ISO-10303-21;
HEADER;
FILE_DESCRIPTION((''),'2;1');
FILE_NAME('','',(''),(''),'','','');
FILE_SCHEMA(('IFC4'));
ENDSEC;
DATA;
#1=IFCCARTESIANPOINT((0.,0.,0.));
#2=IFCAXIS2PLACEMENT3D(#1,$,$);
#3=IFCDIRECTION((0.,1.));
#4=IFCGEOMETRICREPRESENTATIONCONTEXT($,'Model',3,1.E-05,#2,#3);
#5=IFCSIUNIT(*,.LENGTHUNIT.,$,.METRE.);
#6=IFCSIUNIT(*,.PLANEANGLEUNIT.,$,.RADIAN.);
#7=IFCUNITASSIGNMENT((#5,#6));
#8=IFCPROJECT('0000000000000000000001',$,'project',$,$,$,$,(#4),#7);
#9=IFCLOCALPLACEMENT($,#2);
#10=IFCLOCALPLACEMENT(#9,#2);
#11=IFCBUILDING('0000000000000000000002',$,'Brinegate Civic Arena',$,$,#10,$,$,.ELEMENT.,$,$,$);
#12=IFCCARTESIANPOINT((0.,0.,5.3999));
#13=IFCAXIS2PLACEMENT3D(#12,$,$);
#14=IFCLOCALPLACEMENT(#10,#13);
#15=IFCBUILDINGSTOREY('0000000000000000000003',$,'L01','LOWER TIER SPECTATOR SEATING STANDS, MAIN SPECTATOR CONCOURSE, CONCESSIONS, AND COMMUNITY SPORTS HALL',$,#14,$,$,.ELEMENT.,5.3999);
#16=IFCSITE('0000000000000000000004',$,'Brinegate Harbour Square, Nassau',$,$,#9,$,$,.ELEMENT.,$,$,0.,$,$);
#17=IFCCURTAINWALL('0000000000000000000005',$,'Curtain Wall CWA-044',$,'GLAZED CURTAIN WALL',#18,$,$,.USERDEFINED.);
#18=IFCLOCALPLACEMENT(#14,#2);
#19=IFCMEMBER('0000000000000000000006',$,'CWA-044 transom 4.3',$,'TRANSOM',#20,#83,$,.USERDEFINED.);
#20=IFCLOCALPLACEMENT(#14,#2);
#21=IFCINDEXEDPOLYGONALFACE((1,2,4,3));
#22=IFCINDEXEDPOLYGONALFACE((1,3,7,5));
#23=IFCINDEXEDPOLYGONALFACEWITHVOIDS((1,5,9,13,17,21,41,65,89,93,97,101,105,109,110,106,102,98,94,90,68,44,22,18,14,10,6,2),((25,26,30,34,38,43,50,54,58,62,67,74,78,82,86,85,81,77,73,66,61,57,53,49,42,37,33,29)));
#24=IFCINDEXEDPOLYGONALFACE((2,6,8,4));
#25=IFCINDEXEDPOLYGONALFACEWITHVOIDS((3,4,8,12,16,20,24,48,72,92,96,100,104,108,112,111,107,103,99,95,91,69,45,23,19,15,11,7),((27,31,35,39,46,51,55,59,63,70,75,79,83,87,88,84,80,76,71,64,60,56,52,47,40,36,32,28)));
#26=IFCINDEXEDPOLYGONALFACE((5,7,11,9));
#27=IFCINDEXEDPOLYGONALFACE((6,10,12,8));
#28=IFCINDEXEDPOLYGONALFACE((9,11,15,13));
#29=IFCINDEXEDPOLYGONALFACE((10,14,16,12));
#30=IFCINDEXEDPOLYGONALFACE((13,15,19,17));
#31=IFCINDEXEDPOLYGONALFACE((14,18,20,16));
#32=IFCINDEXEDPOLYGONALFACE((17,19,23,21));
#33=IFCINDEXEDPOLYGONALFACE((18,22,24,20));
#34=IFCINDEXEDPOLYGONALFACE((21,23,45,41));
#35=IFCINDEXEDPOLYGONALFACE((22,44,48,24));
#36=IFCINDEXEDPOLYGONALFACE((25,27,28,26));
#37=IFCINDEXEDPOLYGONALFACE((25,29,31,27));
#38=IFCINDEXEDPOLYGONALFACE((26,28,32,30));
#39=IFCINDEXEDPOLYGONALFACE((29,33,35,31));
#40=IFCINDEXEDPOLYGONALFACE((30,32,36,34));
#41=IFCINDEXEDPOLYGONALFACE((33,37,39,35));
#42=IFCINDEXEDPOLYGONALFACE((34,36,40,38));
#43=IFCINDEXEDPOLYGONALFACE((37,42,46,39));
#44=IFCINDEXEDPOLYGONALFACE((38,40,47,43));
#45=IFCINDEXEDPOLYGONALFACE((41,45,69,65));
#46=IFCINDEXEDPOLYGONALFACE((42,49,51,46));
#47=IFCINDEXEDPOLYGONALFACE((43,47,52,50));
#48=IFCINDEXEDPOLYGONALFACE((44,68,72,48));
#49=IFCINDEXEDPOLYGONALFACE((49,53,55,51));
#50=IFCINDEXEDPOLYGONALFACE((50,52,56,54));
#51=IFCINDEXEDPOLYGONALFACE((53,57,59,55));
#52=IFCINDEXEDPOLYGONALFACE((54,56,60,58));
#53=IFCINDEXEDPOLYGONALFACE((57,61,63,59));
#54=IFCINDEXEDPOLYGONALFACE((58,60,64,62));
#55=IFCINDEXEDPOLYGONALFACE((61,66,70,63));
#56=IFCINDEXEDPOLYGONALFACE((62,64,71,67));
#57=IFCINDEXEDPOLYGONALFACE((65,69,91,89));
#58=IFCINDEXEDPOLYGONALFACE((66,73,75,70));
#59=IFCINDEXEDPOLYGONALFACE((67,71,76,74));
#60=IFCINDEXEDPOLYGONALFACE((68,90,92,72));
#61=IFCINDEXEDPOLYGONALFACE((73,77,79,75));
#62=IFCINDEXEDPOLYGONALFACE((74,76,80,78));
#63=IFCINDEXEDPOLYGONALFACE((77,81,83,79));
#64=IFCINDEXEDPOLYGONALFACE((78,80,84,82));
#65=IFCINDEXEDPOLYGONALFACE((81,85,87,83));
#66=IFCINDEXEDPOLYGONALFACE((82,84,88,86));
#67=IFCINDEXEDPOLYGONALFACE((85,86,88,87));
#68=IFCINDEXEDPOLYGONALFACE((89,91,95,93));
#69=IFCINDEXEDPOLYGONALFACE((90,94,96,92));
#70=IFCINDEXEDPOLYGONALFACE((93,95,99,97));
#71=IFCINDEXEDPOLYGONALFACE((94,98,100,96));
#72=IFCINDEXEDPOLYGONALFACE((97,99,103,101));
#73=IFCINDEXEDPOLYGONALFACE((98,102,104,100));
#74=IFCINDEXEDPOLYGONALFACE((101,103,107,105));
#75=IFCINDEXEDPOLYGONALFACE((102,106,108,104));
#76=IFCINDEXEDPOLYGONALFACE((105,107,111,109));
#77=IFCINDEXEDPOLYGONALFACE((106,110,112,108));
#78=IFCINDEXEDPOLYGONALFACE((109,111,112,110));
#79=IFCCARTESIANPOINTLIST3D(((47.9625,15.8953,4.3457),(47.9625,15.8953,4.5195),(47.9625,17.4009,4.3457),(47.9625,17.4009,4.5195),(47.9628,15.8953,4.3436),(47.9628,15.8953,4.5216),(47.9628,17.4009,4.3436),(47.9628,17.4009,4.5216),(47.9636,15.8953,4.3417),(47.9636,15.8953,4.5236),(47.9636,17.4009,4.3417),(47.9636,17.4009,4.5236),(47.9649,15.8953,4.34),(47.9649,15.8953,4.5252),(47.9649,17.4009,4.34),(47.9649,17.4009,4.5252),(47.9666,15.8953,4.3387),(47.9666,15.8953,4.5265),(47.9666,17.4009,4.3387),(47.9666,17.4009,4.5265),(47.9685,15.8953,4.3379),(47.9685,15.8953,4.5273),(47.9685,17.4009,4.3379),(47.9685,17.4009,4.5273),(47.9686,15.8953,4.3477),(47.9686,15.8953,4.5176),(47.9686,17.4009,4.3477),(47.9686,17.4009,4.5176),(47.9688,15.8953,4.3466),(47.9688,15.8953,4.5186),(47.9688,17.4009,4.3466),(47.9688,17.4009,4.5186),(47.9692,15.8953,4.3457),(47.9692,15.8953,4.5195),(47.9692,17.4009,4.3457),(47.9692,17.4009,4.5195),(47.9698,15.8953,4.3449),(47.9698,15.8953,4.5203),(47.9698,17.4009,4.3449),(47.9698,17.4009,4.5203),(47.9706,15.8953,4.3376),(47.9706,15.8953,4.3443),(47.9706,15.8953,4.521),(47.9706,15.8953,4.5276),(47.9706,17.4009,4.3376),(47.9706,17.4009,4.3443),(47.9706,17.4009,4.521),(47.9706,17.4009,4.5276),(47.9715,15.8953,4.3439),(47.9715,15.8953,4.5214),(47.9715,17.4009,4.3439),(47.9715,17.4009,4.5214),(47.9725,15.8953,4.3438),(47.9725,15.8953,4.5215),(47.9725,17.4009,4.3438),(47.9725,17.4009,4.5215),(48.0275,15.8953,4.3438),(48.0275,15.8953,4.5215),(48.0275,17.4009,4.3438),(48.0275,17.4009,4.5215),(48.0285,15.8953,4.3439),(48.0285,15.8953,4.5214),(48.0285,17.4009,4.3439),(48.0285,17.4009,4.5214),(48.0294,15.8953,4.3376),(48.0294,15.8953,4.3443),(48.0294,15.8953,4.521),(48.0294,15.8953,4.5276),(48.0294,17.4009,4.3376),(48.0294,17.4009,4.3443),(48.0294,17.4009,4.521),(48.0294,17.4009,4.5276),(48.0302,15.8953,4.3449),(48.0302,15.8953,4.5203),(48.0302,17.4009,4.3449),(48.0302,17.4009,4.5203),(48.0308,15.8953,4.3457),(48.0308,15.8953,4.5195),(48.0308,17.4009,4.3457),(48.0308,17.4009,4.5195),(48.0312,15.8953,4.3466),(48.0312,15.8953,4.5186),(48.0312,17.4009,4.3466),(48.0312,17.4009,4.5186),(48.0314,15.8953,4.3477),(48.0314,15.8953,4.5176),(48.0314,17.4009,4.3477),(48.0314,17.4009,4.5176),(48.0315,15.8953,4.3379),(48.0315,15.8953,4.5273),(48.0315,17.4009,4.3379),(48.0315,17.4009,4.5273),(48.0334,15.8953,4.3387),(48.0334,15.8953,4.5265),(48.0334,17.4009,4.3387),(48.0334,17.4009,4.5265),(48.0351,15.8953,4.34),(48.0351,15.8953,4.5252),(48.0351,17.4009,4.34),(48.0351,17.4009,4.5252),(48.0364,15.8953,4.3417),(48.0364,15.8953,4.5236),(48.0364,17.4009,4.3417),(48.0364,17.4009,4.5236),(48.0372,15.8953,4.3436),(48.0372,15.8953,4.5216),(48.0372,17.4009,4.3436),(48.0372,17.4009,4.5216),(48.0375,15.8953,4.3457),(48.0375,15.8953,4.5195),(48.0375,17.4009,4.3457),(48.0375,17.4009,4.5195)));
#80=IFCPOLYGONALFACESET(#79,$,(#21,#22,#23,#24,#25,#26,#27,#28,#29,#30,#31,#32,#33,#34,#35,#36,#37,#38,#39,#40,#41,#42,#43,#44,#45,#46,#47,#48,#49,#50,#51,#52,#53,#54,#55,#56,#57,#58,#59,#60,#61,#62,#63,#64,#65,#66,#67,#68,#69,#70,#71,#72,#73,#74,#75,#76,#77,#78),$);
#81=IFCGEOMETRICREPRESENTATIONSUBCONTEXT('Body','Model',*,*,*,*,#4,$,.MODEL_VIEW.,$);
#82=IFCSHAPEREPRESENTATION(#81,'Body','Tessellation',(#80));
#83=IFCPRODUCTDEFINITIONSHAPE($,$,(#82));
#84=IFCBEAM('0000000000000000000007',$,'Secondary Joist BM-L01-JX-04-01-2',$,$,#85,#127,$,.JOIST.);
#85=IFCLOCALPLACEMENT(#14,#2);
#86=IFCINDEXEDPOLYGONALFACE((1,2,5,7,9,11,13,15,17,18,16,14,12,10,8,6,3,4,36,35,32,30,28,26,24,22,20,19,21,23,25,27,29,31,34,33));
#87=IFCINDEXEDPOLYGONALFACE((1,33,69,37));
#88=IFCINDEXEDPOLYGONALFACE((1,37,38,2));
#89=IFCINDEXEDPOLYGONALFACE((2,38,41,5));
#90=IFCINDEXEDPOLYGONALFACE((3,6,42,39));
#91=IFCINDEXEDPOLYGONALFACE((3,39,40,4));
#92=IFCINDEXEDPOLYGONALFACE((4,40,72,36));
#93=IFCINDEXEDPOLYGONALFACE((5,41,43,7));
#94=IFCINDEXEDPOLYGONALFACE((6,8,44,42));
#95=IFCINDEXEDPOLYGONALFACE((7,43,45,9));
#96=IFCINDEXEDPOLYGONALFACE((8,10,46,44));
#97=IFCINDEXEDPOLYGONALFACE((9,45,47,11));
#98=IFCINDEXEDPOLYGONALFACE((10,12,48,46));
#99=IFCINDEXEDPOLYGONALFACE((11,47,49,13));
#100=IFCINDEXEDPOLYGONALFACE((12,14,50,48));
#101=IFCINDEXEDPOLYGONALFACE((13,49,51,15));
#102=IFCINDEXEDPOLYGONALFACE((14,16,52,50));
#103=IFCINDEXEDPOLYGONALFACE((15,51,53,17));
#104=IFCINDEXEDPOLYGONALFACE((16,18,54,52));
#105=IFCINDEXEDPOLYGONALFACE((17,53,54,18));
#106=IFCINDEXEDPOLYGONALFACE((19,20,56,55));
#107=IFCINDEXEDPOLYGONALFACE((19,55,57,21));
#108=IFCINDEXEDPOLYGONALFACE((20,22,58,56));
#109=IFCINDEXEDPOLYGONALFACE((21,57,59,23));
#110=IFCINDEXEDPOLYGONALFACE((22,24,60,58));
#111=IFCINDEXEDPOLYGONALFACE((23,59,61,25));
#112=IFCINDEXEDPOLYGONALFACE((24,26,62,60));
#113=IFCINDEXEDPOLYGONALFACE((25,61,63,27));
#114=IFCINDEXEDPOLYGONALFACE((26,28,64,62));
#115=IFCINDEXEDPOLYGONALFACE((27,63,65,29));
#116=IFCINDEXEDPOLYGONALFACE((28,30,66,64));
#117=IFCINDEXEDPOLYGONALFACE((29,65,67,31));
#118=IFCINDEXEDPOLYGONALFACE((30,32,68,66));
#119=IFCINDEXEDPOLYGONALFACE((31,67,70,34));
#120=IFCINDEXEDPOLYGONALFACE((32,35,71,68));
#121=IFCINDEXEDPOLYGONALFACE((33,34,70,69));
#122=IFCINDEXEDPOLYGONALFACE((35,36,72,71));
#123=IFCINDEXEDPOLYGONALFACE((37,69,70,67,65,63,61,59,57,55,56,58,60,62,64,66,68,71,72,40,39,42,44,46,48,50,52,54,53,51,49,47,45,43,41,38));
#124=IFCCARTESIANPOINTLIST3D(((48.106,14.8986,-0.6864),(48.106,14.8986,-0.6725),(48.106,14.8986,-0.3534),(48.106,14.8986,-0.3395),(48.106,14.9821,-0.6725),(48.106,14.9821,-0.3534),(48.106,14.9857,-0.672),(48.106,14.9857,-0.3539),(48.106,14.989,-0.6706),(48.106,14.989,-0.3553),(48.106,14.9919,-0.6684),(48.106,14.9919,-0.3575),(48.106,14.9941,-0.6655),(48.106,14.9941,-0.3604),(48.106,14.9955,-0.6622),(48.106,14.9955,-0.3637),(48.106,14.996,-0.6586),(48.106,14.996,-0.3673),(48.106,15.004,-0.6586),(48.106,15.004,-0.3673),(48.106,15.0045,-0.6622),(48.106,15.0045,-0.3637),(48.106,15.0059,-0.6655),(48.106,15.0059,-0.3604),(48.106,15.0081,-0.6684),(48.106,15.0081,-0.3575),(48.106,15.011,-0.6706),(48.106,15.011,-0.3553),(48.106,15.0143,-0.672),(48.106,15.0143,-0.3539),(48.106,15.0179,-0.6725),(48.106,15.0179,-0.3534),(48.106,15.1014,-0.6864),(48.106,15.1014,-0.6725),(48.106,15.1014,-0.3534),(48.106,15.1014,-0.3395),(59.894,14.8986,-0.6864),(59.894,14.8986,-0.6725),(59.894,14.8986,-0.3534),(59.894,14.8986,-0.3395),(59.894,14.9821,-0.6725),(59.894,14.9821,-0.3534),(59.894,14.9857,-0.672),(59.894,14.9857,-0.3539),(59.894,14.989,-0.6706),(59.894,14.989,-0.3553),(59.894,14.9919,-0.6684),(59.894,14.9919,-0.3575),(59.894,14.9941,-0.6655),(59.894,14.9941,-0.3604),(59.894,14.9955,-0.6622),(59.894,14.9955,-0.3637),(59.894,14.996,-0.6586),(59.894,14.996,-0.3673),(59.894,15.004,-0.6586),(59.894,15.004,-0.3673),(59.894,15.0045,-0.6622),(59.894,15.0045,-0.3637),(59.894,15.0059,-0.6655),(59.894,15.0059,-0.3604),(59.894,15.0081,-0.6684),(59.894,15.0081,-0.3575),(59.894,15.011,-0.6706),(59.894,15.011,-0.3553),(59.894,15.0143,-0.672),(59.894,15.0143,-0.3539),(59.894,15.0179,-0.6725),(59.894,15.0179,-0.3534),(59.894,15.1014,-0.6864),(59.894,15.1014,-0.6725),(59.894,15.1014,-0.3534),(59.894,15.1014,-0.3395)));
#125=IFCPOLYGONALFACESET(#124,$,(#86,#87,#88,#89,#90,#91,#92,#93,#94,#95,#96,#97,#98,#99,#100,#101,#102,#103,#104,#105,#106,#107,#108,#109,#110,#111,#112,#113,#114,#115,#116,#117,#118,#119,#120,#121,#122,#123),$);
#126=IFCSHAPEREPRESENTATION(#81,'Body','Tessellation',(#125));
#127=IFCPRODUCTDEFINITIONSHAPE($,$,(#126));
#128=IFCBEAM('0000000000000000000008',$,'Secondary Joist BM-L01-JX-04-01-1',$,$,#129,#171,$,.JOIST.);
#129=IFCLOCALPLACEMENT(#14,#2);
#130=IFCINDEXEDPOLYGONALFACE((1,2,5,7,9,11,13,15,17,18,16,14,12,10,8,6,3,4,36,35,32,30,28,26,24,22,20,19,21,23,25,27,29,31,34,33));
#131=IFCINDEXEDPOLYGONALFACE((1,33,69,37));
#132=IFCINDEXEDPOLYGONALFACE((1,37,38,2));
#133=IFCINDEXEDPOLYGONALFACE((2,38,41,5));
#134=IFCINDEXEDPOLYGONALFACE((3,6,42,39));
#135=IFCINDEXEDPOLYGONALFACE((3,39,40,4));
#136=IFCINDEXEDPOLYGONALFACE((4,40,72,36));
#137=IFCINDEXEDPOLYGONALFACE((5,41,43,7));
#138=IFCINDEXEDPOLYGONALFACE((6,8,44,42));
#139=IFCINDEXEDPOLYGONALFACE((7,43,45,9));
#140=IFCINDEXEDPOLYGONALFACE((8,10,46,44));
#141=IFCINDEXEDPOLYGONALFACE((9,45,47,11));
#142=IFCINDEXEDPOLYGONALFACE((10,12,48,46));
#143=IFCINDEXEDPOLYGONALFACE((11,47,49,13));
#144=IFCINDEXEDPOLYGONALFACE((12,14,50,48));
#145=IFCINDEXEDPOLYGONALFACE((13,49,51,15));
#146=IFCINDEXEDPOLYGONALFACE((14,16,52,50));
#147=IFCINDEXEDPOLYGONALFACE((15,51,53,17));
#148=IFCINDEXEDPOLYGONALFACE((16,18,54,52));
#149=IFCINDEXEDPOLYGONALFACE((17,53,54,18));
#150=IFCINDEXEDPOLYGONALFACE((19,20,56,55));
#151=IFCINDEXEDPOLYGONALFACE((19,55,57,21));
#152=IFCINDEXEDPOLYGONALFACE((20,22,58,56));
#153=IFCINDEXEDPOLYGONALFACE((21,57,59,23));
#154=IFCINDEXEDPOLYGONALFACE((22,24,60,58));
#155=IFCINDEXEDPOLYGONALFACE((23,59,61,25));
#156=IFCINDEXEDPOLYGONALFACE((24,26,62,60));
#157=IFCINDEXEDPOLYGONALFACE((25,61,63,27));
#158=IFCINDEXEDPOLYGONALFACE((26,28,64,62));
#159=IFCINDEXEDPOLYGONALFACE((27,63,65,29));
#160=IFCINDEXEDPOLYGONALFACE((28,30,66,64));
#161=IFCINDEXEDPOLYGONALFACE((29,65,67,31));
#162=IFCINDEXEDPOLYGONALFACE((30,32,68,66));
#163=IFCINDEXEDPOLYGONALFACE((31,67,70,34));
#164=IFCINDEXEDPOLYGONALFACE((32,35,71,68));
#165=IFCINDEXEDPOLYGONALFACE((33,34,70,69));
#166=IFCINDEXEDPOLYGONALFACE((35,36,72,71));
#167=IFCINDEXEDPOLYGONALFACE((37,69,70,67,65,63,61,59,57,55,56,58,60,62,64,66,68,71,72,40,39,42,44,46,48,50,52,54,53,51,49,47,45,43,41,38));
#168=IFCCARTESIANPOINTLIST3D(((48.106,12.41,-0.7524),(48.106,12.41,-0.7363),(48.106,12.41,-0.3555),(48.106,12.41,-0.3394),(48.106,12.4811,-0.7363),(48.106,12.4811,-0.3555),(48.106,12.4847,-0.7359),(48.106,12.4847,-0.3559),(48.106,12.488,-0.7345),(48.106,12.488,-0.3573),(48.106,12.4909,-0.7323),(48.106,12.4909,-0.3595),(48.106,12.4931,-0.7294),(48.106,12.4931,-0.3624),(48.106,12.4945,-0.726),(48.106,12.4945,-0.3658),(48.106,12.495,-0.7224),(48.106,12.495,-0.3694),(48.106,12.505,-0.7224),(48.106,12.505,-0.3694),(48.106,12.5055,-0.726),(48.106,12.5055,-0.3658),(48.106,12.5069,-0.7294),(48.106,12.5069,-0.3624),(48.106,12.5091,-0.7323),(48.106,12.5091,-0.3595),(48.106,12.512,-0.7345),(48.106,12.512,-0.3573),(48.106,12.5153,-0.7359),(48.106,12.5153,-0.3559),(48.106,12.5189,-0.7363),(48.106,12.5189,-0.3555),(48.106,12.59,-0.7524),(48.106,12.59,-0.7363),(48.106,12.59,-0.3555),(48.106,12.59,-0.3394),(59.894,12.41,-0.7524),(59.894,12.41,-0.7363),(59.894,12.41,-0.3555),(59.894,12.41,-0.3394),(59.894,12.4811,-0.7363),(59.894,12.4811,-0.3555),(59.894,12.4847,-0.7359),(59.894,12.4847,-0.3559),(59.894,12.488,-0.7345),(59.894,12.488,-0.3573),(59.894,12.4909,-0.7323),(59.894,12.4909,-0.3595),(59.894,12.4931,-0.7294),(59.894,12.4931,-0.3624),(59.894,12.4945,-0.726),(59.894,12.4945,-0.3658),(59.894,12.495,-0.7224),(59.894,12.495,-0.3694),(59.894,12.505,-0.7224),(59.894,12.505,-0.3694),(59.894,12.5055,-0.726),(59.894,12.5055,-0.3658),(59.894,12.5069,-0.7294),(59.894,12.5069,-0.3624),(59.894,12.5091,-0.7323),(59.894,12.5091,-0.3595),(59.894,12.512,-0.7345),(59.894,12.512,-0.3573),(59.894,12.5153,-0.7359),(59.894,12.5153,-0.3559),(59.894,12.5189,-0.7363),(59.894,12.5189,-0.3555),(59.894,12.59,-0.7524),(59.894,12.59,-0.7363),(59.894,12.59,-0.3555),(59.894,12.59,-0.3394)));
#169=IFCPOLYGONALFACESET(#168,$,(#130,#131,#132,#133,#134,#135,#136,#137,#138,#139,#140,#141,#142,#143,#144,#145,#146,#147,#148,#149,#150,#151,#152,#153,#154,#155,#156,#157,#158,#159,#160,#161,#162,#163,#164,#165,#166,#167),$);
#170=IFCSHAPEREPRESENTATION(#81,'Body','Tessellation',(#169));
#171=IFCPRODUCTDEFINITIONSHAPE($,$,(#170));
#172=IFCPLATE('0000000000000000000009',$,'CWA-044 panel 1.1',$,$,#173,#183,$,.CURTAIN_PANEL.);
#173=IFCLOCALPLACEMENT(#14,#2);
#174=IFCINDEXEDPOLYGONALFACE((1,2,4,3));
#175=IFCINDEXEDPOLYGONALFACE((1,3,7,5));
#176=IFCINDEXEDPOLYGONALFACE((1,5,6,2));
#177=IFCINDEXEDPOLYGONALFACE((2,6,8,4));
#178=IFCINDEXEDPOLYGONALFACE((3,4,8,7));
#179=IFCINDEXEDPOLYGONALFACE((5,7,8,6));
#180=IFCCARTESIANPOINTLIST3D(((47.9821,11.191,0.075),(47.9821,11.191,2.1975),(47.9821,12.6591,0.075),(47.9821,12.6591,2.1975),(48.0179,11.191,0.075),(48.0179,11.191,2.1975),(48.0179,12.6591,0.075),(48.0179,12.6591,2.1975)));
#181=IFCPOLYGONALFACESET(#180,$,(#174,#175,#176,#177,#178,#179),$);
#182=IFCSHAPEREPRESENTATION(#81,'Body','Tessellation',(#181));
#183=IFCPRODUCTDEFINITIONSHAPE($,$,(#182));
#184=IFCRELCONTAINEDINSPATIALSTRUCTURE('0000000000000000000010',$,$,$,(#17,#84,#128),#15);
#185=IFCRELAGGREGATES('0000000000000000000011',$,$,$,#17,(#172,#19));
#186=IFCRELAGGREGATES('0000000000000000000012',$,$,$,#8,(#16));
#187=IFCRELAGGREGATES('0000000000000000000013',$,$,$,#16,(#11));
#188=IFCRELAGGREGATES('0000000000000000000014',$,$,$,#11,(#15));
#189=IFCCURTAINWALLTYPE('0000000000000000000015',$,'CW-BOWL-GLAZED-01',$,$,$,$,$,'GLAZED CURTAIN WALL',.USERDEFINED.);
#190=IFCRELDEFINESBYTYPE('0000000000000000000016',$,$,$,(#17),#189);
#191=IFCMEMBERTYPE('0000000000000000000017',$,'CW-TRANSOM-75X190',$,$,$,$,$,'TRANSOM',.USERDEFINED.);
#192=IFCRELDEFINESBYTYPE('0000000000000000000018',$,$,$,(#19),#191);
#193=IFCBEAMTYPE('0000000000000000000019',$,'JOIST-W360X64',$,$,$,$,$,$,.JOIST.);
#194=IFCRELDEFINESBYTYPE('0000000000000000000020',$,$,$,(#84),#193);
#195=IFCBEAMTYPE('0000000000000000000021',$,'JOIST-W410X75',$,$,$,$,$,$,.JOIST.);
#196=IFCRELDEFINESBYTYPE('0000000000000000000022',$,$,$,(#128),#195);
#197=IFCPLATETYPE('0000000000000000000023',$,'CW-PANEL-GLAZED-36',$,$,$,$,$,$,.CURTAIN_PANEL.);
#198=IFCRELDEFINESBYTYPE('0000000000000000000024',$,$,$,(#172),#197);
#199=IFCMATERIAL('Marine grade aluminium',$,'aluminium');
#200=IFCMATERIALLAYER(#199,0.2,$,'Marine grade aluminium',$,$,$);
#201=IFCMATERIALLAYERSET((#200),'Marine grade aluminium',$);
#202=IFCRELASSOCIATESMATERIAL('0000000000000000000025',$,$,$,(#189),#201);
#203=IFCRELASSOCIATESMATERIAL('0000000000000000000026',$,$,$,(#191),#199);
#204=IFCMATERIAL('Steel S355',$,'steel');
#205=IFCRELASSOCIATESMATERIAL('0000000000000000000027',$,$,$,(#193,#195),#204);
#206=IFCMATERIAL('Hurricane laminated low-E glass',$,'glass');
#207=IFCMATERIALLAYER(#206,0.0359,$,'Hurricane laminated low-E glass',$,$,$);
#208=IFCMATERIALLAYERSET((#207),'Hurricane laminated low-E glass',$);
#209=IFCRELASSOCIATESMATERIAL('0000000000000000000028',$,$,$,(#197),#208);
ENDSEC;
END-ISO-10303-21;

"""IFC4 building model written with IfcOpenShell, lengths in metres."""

from ifc_helpers import new_model, si_unit, direction, frame, origin, origin_2d, place, context, subcontext, project, spatial, rectangle, hollow_rectangle, i_section, extrude, material, layer, layer_set, material_profile, profile_set, type_object, element, aggregate, save


model = new_model("IFC4")

# Units and contexts
model_context = context("Model", 3, precision=1e-05, world=origin(), true_north=direction((0.0, 1.0)))
body_context = subcontext(model_context, "Body", "Model", "MODEL_VIEW")
ifc_project = project(units=[si_unit("LENGTHUNIT", "METRE"), si_unit("PLANEANGLEUNIT", "RADIAN")], contexts=[model_context])

# Site, building, storey
site_placement = place(None, origin())
site = spatial("IfcSite", under=ifc_project, at=site_placement, Name="Brinegate Harbour Square, Nassau", CompositionType="ELEMENT", RefElevation=0.0)
building_placement = place(site_placement, origin())
building = spatial("IfcBuilding", under=site, at=building_placement, Name="Brinegate Civic Arena", CompositionType="ELEMENT")
storey_placement = place(building_placement, frame((0.0, 0.0, 5.3999)))
storey = spatial("IfcBuildingStorey", under=building, at=storey_placement, Name="L01", Description="LOWER TIER SPECTATOR SEATING STANDS, MAIN SPECTATOR CONCOURSE, CONCESSIONS, AND COMMUNITY SPORTS HALL", CompositionType="ELEMENT", Elevation=5.3999)

# Curtain wall, member
ifc_material_1 = material(Name="Marine grade aluminium", Category="aluminium")
ifc_layer_1 = layer(ifc_material_1, 0.2, Name="Marine grade aluminium")
ifc_layer_set_1 = layer_set([ifc_layer_1], Name="Marine grade aluminium")
curtain_wall_type = type_object("IfcCurtainWallType", Name="CW-BOWL-GLAZED-01", ElementType="GLAZED CURTAIN WALL", PredefinedType="USERDEFINED", material=ifc_layer_set_1)
curtain_wall_placement = place(storey_placement, origin())
curtain_wall = element("IfcCurtainWall", 1, at=curtain_wall_placement, inside=storey, type_object=curtain_wall_type, Name="Curtain Wall CWA-044", ObjectType="GLAZED CURTAIN WALL", PredefinedType="USERDEFINED")
ifc_material_profile_1 = material_profile(ifc_material_1, hollow_rectangle(XDim=0.075, YDim=0.1899, WallThickness=0.0061, InnerFilletRadius=0.0039, OuterFilletRadius=0.0081, at=origin_2d()), Name="TRN75X190")
ifc_profile_set_1 = profile_set([ifc_material_profile_1], Name="Marine grade aluminium")
member_type_1 = type_object("IfcMemberType", Name="CW-TRANSOM-75X190", ElementType="TRANSOM", PredefinedType="USERDEFINED", material=ifc_profile_set_1)
member_1_placement = place(storey_placement, frame((48.0, 15.8953, 4.4326), z_axis=(0.0, 1.0, 0.0), x_axis=(-1.0, 0.0, 0.0)))
member_1 = element("IfcMember", 2, at=member_1_placement, type_object=member_type_1, Name="CWA-044 transom 4.3", ObjectType="TRANSOM", PredefinedType="USERDEFINED", context=body_context, shape_type="SweptSolid", body=[
    extrude(hollow_rectangle(XDim=0.075, YDim=0.1899, WallThickness=0.0061, InnerFilletRadius=0.0039, OuterFilletRadius=0.0081, at=origin_2d()), origin(), (0.0, 0.0, 1.0), 1.5056),
])

# Beams
ifc_material_2 = material(Name="Steel S355", Category="steel")
ifc_material_profile_2 = material_profile(ifc_material_2, i_section(OverallWidth=0.2029, OverallDepth=0.3469, WebThickness=0.0081, FlangeThickness=0.0139, FilletRadius=0.0139, at=origin_2d()), Name="W360X64")
ifc_profile_set_2 = profile_set([ifc_material_profile_2], Name="Steel S355")
beam_type_1 = type_object("IfcBeamType", Name="JOIST-W360X64", PredefinedType="JOIST", material=ifc_profile_set_2)
beam_1_placement = place(storey_placement, frame((48.106, 15.0, -0.5129), z_axis=(1.0, 0.0, 0.0), x_axis=(0.0, 1.0, 0.0)))
element("IfcBeam", 3, at=beam_1_placement, inside=storey, type_object=beam_type_1, Name="Secondary Joist BM-L01-JX-04-01-2", PredefinedType="JOIST", context=body_context, shape_type="SweptSolid", body=[
    extrude(i_section(OverallWidth=0.2029, OverallDepth=0.3469, WebThickness=0.0081, FlangeThickness=0.0139, FilletRadius=0.0139, at=origin_2d()), origin(), (0.0, 0.0, 1.0), 11.7881),
])
ifc_material_profile_3 = material_profile(ifc_material_2, i_section(OverallWidth=0.1799, OverallDepth=0.4131, WebThickness=0.01, FlangeThickness=0.0161, FilletRadius=0.0139, at=origin_2d()), Name="W410X75")
ifc_profile_set_3 = profile_set([ifc_material_profile_3], Name="Steel S355")
beam_type_2 = type_object("IfcBeamType", Name="JOIST-W410X75", PredefinedType="JOIST", material=ifc_profile_set_3)
beam_2_placement = place(storey_placement, frame((48.106, 12.5, -0.5459), z_axis=(1.0, 0.0, 0.0), x_axis=(0.0, 1.0, 0.0)))
element("IfcBeam", 4, at=beam_2_placement, inside=storey, type_object=beam_type_2, Name="Secondary Joist BM-L01-JX-04-01-1", PredefinedType="JOIST", context=body_context, shape_type="SweptSolid", body=[
    extrude(i_section(OverallWidth=0.1799, OverallDepth=0.4131, WebThickness=0.01, FlangeThickness=0.0161, FilletRadius=0.0139, at=origin_2d()), origin(), (0.0, 0.0, 1.0), 11.7881),
])

# Plate
ifc_material_3 = material(Name="Hurricane laminated low-E glass", Category="glass")
ifc_layer_2 = layer(ifc_material_3, 0.0359, Name="Hurricane laminated low-E glass")
ifc_layer_set_2 = layer_set([ifc_layer_2], Name="Hurricane laminated low-E glass")
plate_type = type_object("IfcPlateType", Name="CW-PANEL-GLAZED-36", PredefinedType="CURTAIN_PANEL", material=ifc_layer_set_2)
plate_1_placement = place(storey_placement, frame((48.0, 11.925, 0.075), z_axis=(0.0, 0.0, 1.0), x_axis=(0.0, 1.0, 0.0)))
plate_1 = element("IfcPlate", 5, at=plate_1_placement, type_object=plate_type, Name="CWA-044 panel 1.1", PredefinedType="CURTAIN_PANEL", context=body_context, shape_type="SweptSolid", body=[
    extrude(rectangle(XDim=1.468, YDim=0.0359, at=origin_2d()), origin(), (0.0, 0.0, 1.0), 2.1226),
])
aggregate(curtain_wall, [plate_1, member_1])

save(model, "model.ifc")
